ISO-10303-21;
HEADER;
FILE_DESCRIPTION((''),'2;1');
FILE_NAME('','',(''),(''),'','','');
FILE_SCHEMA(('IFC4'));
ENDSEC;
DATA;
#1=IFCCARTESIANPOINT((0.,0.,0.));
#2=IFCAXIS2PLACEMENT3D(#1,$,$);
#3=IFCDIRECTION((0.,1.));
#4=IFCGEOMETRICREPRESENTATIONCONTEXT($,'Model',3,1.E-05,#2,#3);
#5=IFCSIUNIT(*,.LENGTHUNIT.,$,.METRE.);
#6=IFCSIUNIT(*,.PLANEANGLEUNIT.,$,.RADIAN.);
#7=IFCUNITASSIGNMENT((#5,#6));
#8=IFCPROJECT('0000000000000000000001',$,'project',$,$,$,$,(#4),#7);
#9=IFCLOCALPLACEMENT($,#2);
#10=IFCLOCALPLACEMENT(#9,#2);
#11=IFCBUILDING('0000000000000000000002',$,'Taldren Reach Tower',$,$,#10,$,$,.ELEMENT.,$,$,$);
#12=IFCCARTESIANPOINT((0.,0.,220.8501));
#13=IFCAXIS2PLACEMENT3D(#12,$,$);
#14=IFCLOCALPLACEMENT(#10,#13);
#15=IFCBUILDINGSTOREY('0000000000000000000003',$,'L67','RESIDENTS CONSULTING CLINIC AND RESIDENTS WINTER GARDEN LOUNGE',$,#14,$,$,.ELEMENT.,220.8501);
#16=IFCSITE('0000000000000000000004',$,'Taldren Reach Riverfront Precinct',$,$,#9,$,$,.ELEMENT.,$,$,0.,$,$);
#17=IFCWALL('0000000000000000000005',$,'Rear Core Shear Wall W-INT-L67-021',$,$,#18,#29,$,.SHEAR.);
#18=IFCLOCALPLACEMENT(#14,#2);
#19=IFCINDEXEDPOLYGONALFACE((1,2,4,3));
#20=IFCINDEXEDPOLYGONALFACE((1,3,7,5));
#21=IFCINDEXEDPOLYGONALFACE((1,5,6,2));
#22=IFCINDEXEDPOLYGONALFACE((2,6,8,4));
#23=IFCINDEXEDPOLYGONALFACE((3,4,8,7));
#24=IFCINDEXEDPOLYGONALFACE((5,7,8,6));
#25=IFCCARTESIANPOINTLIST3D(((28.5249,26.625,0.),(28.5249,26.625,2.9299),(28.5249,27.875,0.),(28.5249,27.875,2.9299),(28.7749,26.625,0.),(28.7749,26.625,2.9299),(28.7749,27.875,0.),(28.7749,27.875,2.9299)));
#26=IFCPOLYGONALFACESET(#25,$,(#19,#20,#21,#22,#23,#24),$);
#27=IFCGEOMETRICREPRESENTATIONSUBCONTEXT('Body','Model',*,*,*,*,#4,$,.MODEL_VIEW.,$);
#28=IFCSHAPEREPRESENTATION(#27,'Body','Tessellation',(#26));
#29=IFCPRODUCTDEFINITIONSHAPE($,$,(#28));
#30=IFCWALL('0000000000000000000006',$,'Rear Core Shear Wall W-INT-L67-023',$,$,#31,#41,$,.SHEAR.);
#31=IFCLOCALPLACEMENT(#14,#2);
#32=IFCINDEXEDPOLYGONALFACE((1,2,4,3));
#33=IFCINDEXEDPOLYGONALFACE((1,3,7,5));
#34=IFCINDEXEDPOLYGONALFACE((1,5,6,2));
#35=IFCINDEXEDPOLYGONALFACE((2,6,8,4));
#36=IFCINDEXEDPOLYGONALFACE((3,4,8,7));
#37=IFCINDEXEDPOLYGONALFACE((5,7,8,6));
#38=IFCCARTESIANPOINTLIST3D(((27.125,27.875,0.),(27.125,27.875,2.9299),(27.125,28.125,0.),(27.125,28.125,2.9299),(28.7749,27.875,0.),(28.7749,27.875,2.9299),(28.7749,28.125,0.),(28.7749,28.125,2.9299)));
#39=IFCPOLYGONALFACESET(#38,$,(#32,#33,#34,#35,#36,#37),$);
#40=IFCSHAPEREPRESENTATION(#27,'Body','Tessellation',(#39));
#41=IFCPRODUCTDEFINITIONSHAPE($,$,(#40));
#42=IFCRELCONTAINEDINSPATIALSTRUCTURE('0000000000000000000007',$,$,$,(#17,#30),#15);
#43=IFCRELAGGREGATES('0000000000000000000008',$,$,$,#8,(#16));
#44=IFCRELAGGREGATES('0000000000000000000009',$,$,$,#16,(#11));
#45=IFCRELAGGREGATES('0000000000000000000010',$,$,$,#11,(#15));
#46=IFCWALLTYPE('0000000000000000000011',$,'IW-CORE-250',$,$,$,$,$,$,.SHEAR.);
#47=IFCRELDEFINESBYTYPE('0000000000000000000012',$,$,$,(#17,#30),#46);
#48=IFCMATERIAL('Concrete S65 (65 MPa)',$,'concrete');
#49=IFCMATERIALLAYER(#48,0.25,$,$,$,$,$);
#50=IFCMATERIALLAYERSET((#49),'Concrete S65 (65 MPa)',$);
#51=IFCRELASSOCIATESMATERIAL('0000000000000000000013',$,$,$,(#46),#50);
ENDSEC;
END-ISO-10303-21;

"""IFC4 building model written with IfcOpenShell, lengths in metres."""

from ifc_helpers import new_model, si_unit, direction, frame, frame_2d, origin, place, context, subcontext, project, spatial, rectangle, extrude, source, transform, mapped, material, layer, layer_set, type_object, element, save


model = new_model("IFC4")

# Units and contexts
model_context = context("Model", 3, precision=1e-05, world=origin(), true_north=direction((0.0, 1.0)))
body_context = subcontext(model_context, "Body", "Model", "MODEL_VIEW")
ifc_project = project(units=[si_unit("LENGTHUNIT", "METRE"), si_unit("PLANEANGLEUNIT", "RADIAN")], contexts=[model_context])

# Site, building, storey
site_placement = place(None, origin())
site = spatial("IfcSite", under=ifc_project, at=site_placement, Name="Taldren Reach Riverfront Precinct", CompositionType="ELEMENT", RefElevation=0.0)
building_placement = place(site_placement, origin())
building = spatial("IfcBuilding", under=site, at=building_placement, Name="Taldren Reach Tower", CompositionType="ELEMENT")
storey_placement = place(building_placement, frame((0.0, 0.0, 220.8501)))
storey = spatial("IfcBuildingStorey", under=building, at=storey_placement, Name="L67", Description="RESIDENTS CONSULTING CLINIC AND RESIDENTS WINTER GARDEN LOUNGE", CompositionType="ELEMENT", Elevation=220.8501)

# Walls
ifc_material_1 = material(Name="Concrete S65 (65 MPa)", Category="concrete")
ifc_layer_1 = layer(ifc_material_1, 0.25)
ifc_layer_set_1 = layer_set([ifc_layer_1], Name="Concrete S65 (65 MPa)")
wall_type = type_object("IfcWallType", Name="IW-CORE-250", PredefinedType="SHEAR", material=ifc_layer_set_1)
shared_shape_1 = source(origin(), body_context, "Body", "SweptSolid", [
    extrude(rectangle(XDim=1.25, YDim=0.25, at=frame_2d((0.625, 0.0))), origin(), (0.0, 0.0, 1.0), 2.9299),
])
wall_1_placement = place(storey_placement, frame((28.6499, 26.625, 0.0), z_axis=(0.0, 0.0, 1.0), x_axis=(0.0, 1.0, 0.0)))
element("IfcWall", 1, at=wall_1_placement, inside=storey, type_object=wall_type, Name="Rear Core Shear Wall W-INT-L67-021", PredefinedType="SHEAR", context=body_context, shape_type="MappedRepresentation", body=[
    mapped(shared_shape_1, transform((0.0, 0.0, 0.0), scale=1.0)),
])
shared_shape_2 = source(origin(), body_context, "Body", "SweptSolid", [
    extrude(rectangle(XDim=1.6499, YDim=0.25, at=frame_2d((0.825, 0.0))), origin(), (0.0, 0.0, 1.0), 2.9299),
])
wall_2_placement = place(storey_placement, frame((28.7749, 28.0, 0.0), z_axis=(0.0, 0.0, 1.0), x_axis=(-1.0, 0.0, 0.0)))
element("IfcWall", 2, at=wall_2_placement, inside=storey, type_object=wall_type, Name="Rear Core Shear Wall W-INT-L67-023", PredefinedType="SHEAR", context=body_context, shape_type="MappedRepresentation", body=[
    mapped(shared_shape_2, transform((0.0, 0.0, 0.0), scale=1.0)),
])

save(model, "model.ifc")
